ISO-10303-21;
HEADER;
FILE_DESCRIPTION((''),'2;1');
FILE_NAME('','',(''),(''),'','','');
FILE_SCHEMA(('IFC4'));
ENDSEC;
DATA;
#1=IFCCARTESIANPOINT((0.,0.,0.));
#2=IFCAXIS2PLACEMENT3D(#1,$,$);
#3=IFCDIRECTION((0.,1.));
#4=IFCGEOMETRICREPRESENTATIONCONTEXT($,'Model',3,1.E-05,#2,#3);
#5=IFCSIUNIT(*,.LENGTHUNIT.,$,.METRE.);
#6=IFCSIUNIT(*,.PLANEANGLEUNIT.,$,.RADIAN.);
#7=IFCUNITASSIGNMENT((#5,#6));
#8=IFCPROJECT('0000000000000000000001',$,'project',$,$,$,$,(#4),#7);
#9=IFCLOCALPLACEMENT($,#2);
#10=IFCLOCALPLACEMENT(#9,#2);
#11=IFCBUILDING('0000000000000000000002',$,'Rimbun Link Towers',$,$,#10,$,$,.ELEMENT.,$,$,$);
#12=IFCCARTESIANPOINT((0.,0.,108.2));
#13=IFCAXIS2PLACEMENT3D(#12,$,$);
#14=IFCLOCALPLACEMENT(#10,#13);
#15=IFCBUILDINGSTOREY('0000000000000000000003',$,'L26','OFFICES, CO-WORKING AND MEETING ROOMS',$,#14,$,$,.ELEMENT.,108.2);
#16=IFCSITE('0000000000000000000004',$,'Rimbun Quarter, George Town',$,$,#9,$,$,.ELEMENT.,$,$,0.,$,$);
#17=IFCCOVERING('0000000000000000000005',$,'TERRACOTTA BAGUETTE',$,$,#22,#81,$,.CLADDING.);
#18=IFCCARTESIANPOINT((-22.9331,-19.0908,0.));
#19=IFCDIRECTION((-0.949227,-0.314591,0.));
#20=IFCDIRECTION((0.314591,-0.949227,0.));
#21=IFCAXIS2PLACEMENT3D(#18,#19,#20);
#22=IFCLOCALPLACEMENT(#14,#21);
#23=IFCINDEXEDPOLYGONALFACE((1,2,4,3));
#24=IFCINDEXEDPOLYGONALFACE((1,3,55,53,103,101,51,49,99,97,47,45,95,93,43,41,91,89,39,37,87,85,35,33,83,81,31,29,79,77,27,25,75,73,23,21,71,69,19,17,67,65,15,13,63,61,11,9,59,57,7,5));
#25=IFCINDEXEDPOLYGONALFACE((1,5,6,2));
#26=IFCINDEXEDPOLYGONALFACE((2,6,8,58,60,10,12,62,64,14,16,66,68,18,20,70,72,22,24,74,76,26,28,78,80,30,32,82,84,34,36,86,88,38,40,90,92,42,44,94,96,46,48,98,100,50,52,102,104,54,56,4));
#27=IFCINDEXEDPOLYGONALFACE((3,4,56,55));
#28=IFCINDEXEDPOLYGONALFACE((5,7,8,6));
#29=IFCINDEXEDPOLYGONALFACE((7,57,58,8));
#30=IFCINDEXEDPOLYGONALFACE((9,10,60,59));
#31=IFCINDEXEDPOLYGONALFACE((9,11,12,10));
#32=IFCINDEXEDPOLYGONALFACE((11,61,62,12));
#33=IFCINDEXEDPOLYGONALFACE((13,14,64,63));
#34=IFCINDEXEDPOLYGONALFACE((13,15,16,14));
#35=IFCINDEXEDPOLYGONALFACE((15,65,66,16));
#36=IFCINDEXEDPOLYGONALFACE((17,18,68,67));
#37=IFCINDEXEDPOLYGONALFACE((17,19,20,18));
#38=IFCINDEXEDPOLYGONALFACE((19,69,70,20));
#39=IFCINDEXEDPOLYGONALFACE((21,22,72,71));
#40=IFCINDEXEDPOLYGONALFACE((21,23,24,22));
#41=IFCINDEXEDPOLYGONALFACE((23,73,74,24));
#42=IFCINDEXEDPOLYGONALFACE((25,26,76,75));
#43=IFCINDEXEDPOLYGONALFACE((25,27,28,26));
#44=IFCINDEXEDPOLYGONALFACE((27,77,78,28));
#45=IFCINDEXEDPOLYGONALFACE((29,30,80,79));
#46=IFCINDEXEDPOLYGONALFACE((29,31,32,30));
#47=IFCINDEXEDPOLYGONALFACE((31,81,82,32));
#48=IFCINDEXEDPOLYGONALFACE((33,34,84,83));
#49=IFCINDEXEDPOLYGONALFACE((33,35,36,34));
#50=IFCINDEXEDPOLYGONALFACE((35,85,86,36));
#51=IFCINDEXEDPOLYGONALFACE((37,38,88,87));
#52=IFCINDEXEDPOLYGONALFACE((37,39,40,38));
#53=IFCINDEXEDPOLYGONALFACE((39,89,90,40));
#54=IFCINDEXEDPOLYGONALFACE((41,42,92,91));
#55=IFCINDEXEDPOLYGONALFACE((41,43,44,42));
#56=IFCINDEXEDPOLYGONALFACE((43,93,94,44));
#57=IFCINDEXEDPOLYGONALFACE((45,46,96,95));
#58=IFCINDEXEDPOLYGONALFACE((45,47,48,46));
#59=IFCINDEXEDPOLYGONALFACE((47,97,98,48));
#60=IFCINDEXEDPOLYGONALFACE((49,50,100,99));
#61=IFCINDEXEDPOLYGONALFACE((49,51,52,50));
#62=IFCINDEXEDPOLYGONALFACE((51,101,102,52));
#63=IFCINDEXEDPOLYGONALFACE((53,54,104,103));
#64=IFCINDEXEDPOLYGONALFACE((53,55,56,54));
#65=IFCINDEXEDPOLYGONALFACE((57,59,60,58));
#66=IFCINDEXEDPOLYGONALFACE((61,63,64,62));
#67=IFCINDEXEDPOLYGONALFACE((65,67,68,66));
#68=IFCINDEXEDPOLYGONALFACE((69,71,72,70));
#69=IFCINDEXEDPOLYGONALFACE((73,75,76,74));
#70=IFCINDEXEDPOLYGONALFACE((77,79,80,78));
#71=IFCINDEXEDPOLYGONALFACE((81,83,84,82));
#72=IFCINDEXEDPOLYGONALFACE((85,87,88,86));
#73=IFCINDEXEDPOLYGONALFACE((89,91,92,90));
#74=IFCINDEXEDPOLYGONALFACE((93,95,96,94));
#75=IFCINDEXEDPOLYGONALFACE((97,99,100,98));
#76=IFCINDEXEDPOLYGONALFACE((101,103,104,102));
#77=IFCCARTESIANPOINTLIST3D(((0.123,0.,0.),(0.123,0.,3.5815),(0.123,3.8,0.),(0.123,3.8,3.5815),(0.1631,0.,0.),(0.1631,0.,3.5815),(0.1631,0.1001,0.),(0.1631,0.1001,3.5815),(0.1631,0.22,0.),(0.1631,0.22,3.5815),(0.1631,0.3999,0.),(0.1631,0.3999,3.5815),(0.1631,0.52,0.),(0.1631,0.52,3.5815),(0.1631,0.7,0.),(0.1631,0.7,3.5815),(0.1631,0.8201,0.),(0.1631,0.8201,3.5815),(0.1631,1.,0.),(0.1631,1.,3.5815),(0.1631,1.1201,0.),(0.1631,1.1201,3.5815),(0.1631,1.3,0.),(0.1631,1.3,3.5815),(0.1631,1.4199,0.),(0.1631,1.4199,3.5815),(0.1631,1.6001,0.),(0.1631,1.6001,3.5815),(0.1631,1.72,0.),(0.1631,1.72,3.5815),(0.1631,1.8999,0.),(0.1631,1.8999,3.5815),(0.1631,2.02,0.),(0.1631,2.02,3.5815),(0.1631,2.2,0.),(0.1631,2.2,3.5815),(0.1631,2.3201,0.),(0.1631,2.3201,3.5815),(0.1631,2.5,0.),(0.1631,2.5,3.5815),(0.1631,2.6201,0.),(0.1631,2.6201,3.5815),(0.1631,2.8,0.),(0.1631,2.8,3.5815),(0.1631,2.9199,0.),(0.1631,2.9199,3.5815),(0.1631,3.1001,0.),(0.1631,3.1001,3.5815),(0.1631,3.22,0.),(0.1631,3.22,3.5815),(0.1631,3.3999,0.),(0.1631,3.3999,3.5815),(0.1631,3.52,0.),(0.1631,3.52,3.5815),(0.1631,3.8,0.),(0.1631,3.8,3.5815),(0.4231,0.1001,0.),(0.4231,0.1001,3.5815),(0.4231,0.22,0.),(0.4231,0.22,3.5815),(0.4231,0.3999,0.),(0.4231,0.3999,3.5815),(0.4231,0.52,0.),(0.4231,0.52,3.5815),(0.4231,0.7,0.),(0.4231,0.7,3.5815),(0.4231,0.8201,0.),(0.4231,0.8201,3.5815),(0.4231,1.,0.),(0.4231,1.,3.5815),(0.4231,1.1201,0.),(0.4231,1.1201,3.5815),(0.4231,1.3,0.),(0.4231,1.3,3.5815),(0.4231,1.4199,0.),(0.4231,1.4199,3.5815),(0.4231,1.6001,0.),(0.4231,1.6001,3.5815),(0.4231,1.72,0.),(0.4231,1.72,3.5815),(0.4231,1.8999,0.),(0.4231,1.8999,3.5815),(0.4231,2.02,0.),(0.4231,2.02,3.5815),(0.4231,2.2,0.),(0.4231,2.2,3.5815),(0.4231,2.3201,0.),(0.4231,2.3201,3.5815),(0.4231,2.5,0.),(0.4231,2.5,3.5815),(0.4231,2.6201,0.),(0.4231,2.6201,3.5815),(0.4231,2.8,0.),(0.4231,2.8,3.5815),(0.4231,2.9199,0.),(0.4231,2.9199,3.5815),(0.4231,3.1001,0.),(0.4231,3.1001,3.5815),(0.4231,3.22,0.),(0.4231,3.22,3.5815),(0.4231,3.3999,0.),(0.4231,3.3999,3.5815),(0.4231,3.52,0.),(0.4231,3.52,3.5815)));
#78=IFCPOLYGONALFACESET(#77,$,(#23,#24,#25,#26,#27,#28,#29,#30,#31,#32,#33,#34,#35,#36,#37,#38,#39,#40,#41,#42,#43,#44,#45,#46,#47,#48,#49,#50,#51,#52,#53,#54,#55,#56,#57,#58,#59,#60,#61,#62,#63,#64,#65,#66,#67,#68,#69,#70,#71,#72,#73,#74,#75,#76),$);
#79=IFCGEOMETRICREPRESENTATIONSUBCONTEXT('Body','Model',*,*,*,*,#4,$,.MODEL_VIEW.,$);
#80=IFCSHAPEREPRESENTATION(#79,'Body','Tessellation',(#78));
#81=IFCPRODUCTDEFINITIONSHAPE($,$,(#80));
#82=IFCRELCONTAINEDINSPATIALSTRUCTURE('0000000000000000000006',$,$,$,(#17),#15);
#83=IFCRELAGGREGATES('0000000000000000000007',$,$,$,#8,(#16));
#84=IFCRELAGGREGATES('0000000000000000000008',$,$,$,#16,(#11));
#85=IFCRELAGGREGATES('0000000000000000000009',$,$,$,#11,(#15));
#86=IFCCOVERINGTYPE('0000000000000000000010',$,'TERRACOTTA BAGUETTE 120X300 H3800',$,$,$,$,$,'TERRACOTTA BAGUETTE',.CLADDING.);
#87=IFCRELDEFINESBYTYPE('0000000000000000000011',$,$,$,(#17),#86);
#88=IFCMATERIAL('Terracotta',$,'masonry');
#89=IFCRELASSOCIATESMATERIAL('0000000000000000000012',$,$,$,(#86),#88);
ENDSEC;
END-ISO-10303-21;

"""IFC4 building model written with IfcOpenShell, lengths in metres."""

from ifc_helpers import new_model, si_unit, direction, frame, origin, place, context, subcontext, project, spatial, polyline, outline, extrude, material, material_profile, profile_set, type_object, element, save


model = new_model("IFC4")

# Units and contexts
model_context = context("Model", 3, precision=1e-05, world=origin(), true_north=direction((0.0, 1.0)))
body_context = subcontext(model_context, "Body", "Model", "MODEL_VIEW")
ifc_project = project(units=[si_unit("LENGTHUNIT", "METRE"), si_unit("PLANEANGLEUNIT", "RADIAN")], contexts=[model_context])

# Site, building, storey
site_placement = place(None, origin())
site = spatial("IfcSite", under=ifc_project, at=site_placement, Name="Rimbun Quarter, George Town", CompositionType="ELEMENT", RefElevation=0.0)
building_placement = place(site_placement, origin())
building = spatial("IfcBuilding", under=site, at=building_placement, Name="Rimbun Link Towers", CompositionType="ELEMENT")
storey_placement = place(building_placement, frame((0.0, 0.0, 108.2)))
storey = spatial("IfcBuildingStorey", under=building, at=storey_placement, Name="L26", Description="OFFICES, CO-WORKING AND MEETING ROOMS", CompositionType="ELEMENT", Elevation=108.2)

# Covering
ifc_material_1 = material(Name="Terracotta", Category="masonry")
ifc_material_profile_1 = material_profile(ifc_material_1, outline(polyline([(0.123, 0.0), (0.1631, 0.0), (0.1631, 0.1001), (0.4231, 0.1001), (0.4231, 0.22), (0.1631, 0.22), (0.1631, 0.3999), (0.4231, 0.3999), (0.4231, 0.52), (0.1631, 0.52), (0.1631, 0.7), (0.4231, 0.7), (0.4231, 0.8201), (0.1631, 0.8201), (0.1631, 1.0), (0.4231, 1.0), (0.4231, 1.1201), (0.1631, 1.1201), (0.1631, 1.3), (0.4231, 1.3), (0.4231, 1.4199), (0.1631, 1.4199), (0.1631, 1.6001), (0.4231, 1.6001), (0.4231, 1.72), (0.1631, 1.72), (0.1631, 1.8999), (0.4231, 1.8999), (0.4231, 2.02), (0.1631, 2.02), (0.1631, 2.2), (0.4231, 2.2), (0.4231, 2.3201), (0.1631, 2.3201), (0.1631, 2.5), (0.4231, 2.5), (0.4231, 2.6201), (0.1631, 2.6201), (0.1631, 2.8), (0.4231, 2.8), (0.4231, 2.9199), (0.1631, 2.9199), (0.1631, 3.1001), (0.4231, 3.1001), (0.4231, 3.22), (0.1631, 3.22), (0.1631, 3.3999), (0.4231, 3.3999), (0.4231, 3.52), (0.1631, 3.52), (0.1631, 3.8), (0.123, 3.8), (0.123, 0.0)])), Name="BAGUETTE 120X300")
ifc_profile_set_1 = profile_set([ifc_material_profile_1], Name="Terracotta")
covering_type = type_object("IfcCoveringType", Name="TERRACOTTA BAGUETTE 120X300 H3800", ElementType="TERRACOTTA BAGUETTE", PredefinedType="CLADDING", material=ifc_profile_set_1)
covering_1_placement = place(storey_placement, frame((-22.9331, -19.0908, 0.0), z_axis=(-0.949227, -0.314591, 0.0), x_axis=(0.314591, -0.949227, 0.0)))
element("IfcCovering", 1, at=covering_1_placement, inside=storey, type_object=covering_type, Name="TERRACOTTA BAGUETTE", PredefinedType="CLADDING", context=body_context, shape_type="SweptSolid", body=[
    extrude(outline(polyline([(0.123, 0.0), (0.1631, 0.0), (0.1631, 0.1001), (0.4231, 0.1001), (0.4231, 0.22), (0.1631, 0.22), (0.1631, 0.3999), (0.4231, 0.3999), (0.4231, 0.52), (0.1631, 0.52), (0.1631, 0.7), (0.4231, 0.7), (0.4231, 0.8201), (0.1631, 0.8201), (0.1631, 1.0), (0.4231, 1.0), (0.4231, 1.1201), (0.1631, 1.1201), (0.1631, 1.3), (0.4231, 1.3), (0.4231, 1.4199), (0.1631, 1.4199), (0.1631, 1.6001), (0.4231, 1.6001), (0.4231, 1.72), (0.1631, 1.72), (0.1631, 1.8999), (0.4231, 1.8999), (0.4231, 2.02), (0.1631, 2.02), (0.1631, 2.2), (0.4231, 2.2), (0.4231, 2.3201), (0.1631, 2.3201), (0.1631, 2.5), (0.4231, 2.5), (0.4231, 2.6201), (0.1631, 2.6201), (0.1631, 2.8), (0.4231, 2.8), (0.4231, 2.9199), (0.1631, 2.9199), (0.1631, 3.1001), (0.4231, 3.1001), (0.4231, 3.22), (0.1631, 3.22), (0.1631, 3.3999), (0.4231, 3.3999), (0.4231, 3.52), (0.1631, 3.52), (0.1631, 3.8), (0.123, 3.8), (0.123, 0.0)])), origin(), (0.0, 0.0, 1.0), 3.5815),
])

save(model, "model.ifc")
